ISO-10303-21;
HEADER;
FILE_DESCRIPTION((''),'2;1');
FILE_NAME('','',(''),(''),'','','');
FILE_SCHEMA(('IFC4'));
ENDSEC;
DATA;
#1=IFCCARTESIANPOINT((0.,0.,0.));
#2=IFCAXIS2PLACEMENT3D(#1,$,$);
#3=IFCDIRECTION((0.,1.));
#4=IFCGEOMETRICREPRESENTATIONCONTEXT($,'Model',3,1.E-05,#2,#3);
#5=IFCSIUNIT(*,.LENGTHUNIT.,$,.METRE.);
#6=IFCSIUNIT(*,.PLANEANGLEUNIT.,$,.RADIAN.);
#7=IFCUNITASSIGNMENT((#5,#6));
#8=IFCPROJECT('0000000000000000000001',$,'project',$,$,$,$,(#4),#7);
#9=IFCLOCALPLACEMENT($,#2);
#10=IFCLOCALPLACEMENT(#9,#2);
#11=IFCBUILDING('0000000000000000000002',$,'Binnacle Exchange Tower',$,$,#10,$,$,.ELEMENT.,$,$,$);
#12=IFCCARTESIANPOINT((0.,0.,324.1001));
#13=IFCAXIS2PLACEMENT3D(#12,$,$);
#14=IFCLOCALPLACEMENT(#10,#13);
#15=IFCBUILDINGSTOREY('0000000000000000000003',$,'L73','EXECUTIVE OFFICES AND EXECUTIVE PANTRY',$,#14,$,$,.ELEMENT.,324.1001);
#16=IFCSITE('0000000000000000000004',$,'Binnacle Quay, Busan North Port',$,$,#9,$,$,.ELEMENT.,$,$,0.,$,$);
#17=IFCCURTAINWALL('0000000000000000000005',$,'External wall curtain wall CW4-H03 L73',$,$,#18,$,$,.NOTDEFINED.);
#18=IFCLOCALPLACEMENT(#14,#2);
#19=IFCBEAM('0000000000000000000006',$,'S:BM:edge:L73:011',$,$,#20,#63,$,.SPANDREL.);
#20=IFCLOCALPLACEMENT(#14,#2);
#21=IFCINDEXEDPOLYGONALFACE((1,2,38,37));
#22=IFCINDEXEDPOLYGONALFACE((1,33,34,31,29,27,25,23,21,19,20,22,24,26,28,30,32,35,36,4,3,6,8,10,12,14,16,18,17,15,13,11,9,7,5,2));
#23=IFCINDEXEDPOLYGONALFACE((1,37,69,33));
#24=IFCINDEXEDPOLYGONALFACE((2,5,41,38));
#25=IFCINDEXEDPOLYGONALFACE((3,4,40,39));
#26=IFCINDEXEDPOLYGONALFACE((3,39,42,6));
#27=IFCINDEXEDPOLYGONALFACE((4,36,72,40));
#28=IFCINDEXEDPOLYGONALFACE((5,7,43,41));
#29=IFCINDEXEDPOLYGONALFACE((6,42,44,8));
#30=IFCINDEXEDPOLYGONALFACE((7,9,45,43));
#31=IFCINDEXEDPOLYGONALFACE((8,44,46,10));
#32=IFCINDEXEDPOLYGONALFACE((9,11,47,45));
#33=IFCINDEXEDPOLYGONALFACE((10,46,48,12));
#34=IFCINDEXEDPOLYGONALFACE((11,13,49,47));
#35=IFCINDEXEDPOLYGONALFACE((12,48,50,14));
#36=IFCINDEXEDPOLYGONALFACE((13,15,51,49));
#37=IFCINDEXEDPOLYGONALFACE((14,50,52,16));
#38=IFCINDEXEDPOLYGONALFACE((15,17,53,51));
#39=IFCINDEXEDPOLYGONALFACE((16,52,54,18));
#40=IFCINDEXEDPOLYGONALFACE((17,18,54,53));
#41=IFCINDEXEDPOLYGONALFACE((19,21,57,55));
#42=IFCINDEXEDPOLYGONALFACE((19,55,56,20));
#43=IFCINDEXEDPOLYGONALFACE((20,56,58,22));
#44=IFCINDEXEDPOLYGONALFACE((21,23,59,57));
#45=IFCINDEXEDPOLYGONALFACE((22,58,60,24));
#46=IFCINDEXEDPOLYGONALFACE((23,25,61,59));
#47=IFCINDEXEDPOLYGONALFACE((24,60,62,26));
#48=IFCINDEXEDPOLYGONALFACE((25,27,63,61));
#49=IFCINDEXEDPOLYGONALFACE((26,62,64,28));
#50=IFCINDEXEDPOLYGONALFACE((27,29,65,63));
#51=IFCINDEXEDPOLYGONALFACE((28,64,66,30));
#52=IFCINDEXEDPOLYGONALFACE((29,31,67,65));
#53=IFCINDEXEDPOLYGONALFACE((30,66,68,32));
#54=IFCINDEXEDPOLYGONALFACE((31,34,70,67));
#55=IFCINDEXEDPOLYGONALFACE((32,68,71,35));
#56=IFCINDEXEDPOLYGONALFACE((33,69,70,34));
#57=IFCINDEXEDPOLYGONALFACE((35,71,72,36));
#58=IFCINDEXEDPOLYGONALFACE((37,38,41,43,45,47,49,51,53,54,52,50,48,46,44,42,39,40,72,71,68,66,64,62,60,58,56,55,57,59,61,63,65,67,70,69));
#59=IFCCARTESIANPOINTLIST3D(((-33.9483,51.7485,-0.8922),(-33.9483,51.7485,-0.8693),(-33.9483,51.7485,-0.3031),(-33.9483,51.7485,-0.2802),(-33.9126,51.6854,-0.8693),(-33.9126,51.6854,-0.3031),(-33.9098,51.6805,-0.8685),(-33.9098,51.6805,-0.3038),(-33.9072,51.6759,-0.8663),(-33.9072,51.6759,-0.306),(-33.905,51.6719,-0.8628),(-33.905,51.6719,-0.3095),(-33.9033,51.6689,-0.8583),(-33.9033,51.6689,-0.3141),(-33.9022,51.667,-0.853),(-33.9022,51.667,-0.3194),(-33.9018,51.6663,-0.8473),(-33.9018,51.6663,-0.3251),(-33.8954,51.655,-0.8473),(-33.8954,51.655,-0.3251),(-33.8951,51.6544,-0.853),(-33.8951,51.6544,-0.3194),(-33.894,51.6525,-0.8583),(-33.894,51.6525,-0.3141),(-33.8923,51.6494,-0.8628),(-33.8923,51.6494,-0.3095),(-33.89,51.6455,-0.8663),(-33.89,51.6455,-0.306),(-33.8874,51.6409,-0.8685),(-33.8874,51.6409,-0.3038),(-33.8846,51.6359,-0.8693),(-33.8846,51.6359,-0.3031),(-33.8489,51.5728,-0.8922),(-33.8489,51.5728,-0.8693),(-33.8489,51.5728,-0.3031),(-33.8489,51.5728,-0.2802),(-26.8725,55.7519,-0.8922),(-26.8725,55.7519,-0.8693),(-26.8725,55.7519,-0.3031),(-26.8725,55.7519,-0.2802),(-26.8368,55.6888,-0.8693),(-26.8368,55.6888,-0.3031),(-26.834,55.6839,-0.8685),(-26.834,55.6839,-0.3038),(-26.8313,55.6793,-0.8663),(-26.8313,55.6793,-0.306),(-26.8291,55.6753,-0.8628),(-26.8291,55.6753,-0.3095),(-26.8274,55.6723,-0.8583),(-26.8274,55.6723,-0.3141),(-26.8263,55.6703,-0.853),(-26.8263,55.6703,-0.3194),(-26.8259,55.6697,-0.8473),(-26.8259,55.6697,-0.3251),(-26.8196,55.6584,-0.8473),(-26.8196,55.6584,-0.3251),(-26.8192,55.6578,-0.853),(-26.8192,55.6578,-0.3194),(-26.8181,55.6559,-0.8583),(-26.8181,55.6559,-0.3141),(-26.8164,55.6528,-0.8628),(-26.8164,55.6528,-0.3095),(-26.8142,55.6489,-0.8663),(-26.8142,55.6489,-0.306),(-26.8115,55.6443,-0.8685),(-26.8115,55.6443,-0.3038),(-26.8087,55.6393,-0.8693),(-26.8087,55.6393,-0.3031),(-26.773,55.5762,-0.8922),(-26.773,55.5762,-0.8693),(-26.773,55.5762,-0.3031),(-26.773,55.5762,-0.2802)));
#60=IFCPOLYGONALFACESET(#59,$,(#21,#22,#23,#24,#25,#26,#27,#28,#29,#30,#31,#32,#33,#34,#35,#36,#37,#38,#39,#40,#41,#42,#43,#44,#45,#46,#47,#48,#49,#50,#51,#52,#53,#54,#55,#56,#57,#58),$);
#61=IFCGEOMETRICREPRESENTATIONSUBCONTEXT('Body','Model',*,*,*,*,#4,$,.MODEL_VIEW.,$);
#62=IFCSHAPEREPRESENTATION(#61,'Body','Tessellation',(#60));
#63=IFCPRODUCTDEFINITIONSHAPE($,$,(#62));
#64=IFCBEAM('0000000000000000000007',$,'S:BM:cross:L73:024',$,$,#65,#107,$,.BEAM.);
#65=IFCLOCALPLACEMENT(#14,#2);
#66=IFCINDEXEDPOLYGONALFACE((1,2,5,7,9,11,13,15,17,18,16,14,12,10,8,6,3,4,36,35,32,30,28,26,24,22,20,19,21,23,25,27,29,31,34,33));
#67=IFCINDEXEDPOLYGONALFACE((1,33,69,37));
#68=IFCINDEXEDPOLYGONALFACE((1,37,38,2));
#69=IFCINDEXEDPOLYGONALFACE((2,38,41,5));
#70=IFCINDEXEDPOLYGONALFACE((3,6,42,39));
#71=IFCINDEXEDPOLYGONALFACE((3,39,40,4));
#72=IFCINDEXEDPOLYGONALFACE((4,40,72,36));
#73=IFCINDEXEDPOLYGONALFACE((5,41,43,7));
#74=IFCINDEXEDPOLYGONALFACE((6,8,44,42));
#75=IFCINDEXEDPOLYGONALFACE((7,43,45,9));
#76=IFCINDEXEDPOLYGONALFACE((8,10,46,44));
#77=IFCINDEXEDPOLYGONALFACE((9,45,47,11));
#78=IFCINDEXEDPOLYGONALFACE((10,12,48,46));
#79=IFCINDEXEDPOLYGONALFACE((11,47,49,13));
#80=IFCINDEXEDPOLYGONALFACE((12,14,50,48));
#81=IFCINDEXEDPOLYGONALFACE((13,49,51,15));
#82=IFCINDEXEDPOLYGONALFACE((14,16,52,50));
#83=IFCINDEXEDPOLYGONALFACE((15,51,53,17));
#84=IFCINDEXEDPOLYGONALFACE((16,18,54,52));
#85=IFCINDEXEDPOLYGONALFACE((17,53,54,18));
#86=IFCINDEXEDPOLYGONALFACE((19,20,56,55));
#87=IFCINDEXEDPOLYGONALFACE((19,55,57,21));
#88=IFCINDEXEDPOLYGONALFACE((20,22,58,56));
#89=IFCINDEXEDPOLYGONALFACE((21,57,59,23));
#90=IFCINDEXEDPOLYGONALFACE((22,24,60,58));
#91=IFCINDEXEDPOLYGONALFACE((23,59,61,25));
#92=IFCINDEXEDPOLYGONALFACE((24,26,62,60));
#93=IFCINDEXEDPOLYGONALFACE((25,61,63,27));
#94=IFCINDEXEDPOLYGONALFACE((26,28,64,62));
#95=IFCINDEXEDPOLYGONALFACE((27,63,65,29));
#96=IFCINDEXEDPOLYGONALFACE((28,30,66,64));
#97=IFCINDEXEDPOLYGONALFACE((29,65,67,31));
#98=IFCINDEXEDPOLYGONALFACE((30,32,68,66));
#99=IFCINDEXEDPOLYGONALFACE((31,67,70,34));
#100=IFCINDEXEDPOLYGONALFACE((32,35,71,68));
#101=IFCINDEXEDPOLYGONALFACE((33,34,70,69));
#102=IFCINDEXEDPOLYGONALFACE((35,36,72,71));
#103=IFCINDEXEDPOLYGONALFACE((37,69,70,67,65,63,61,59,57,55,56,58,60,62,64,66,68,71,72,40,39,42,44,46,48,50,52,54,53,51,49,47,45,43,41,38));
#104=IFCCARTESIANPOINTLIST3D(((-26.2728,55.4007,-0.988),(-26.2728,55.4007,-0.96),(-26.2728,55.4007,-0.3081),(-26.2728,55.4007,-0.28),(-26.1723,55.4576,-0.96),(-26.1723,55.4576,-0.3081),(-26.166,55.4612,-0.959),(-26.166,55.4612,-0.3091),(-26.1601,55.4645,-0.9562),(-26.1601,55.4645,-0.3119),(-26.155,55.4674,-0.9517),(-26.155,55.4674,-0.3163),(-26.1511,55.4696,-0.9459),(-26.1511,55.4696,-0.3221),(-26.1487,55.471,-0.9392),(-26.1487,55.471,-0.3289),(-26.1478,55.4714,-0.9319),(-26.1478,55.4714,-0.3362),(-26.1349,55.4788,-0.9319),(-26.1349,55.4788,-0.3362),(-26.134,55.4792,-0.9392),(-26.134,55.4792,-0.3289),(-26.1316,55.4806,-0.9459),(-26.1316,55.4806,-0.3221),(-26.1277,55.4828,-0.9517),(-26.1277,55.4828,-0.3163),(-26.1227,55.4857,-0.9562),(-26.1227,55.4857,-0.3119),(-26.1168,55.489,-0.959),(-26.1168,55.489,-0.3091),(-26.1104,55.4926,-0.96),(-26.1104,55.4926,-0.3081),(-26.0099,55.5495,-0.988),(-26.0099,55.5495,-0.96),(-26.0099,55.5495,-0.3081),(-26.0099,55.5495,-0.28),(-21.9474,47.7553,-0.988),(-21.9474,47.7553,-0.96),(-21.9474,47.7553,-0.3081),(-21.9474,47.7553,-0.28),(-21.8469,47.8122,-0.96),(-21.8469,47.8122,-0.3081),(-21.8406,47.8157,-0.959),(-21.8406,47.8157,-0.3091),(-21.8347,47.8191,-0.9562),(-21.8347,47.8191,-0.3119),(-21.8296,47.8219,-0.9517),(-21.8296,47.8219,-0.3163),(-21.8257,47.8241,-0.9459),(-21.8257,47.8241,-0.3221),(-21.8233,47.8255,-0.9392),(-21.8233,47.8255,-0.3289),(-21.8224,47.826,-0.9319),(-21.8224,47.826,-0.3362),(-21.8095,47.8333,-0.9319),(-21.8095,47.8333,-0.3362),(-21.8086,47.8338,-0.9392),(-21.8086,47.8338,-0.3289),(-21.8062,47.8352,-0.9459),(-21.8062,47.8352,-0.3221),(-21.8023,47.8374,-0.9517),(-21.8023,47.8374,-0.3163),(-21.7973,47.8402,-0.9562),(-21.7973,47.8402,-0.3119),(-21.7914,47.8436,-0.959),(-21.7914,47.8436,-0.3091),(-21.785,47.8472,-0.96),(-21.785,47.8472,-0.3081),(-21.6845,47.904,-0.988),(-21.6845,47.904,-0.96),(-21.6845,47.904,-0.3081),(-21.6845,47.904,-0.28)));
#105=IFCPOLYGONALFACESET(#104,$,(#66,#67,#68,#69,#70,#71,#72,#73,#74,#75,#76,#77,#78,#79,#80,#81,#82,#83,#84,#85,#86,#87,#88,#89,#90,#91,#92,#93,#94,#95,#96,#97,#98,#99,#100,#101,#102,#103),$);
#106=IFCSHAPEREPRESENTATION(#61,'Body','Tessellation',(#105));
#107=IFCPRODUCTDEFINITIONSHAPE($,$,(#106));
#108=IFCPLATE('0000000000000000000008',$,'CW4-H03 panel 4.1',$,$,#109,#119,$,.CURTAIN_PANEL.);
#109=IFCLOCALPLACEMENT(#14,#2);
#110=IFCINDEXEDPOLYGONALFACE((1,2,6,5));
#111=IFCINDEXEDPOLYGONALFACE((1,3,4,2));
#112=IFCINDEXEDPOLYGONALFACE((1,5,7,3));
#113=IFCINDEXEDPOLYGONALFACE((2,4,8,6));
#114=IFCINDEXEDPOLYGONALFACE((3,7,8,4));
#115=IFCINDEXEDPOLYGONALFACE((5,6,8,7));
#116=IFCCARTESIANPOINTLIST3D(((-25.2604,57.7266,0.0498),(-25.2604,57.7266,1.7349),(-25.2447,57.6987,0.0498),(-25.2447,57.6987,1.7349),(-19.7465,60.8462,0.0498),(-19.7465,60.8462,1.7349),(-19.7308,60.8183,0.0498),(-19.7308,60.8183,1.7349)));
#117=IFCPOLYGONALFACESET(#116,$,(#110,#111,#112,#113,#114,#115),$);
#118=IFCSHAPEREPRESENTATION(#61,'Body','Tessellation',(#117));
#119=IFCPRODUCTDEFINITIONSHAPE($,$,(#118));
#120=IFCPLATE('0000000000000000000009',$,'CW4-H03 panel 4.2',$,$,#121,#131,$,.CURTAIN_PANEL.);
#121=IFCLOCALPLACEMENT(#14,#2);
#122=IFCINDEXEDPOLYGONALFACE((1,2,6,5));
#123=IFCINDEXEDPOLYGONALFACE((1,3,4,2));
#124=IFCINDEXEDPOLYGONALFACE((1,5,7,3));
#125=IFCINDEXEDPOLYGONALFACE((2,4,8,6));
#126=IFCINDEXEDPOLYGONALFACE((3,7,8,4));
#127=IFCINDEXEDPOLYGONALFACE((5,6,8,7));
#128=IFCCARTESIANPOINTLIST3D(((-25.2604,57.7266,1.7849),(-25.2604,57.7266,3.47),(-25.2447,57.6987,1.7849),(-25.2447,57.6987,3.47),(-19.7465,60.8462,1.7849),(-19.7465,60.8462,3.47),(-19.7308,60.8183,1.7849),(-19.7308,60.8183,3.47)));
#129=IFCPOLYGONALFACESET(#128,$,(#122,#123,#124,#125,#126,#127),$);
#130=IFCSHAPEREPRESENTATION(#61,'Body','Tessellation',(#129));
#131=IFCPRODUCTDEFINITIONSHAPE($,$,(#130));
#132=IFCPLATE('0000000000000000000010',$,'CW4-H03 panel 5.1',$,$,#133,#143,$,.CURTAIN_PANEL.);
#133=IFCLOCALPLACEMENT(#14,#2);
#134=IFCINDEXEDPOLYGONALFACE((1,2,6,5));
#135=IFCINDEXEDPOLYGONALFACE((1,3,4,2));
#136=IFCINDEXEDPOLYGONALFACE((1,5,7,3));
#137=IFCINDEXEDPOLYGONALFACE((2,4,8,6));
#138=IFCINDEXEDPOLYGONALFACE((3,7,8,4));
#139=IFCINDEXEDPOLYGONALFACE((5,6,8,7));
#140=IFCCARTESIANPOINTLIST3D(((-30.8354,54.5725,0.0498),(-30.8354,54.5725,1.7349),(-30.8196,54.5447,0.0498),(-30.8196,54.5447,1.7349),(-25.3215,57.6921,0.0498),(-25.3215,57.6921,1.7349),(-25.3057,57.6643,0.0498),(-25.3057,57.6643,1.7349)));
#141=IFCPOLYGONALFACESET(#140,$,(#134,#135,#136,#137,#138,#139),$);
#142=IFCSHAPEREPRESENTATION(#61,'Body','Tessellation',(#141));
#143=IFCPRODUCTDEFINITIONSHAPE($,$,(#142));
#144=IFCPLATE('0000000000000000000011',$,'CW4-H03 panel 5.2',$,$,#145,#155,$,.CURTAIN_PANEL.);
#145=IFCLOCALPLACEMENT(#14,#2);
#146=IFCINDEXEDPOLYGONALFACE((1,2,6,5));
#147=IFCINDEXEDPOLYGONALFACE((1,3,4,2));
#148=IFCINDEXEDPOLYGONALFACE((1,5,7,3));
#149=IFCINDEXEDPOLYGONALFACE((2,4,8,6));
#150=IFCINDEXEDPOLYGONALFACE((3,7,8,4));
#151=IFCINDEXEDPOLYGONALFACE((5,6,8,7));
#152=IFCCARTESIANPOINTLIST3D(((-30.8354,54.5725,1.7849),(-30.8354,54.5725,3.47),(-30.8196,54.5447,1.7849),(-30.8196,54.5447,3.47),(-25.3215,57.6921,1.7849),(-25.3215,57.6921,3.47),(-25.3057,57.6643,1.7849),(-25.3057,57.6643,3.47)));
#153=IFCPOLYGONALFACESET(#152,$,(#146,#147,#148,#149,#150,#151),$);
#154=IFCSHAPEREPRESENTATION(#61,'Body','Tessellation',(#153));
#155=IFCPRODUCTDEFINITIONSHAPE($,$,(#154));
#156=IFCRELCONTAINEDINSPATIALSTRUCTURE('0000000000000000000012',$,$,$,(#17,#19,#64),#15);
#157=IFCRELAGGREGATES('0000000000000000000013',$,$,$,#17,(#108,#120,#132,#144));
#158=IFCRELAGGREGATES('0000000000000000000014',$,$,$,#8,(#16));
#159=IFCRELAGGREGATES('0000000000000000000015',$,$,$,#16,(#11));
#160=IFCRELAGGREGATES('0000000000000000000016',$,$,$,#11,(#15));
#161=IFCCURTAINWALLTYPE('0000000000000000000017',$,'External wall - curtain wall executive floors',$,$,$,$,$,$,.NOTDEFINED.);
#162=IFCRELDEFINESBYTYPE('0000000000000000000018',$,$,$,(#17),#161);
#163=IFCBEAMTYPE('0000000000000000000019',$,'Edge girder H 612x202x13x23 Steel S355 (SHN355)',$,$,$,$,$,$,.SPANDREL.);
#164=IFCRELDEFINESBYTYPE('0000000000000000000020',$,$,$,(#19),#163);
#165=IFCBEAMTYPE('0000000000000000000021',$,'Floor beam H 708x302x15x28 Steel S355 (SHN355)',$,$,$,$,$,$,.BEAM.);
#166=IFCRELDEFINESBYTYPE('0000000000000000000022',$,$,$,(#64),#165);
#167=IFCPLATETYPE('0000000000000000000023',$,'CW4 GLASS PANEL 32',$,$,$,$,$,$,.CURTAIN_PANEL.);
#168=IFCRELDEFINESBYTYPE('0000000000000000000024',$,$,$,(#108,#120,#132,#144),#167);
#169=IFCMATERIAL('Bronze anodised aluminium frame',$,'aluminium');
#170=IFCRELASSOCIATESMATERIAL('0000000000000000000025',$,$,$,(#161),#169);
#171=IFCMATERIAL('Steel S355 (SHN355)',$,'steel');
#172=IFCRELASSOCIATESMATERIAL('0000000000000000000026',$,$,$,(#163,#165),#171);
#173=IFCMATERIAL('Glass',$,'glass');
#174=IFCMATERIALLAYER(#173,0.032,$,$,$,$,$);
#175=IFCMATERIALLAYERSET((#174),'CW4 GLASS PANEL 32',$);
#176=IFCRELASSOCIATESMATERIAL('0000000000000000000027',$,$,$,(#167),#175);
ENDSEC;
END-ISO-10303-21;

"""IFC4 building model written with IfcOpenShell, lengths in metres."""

from ifc_helpers import new_model, si_unit, direction, frame, origin, origin_2d, place, context, subcontext, project, spatial, rectangle, i_section, extrude, material, layer, layer_set, material_profile, profile_set, type_object, element, aggregate, save


model = new_model("IFC4")

# Units and contexts
model_context = context("Model", 3, precision=1e-05, world=origin(), true_north=direction((0.0, 1.0)))
body_context = subcontext(model_context, "Body", "Model", "MODEL_VIEW")
ifc_project = project(units=[si_unit("LENGTHUNIT", "METRE"), si_unit("PLANEANGLEUNIT", "RADIAN")], contexts=[model_context])

# Site, building, storey
site_placement = place(None, origin())
site = spatial("IfcSite", under=ifc_project, at=site_placement, Name="Binnacle Quay, Busan North Port", CompositionType="ELEMENT", RefElevation=0.0)
building_placement = place(site_placement, origin())
building = spatial("IfcBuilding", under=site, at=building_placement, Name="Binnacle Exchange Tower", CompositionType="ELEMENT")
storey_placement = place(building_placement, frame((0.0, 0.0, 324.1001)))
storey = spatial("IfcBuildingStorey", under=building, at=storey_placement, Name="L73", Description="EXECUTIVE OFFICES AND EXECUTIVE PANTRY", CompositionType="ELEMENT", Elevation=324.1001)

# Curtain wall
ifc_material_1 = material(Name="Bronze anodised aluminium frame", Category="aluminium")
curtain_wall_type = type_object("IfcCurtainWallType", Name="External wall - curtain wall executive floors", PredefinedType="NOTDEFINED", material=ifc_material_1)
curtain_wall_placement = place(storey_placement, origin())
curtain_wall = element("IfcCurtainWall", 1, at=curtain_wall_placement, inside=storey, type_object=curtain_wall_type, Name="External wall curtain wall CW4-H03 L73", PredefinedType="NOTDEFINED")

# Beams
ifc_material_2 = material(Name="Steel S355 (SHN355)", Category="steel")
ifc_material_profile_1 = material_profile(ifc_material_2, i_section(OverallWidth=0.2019, OverallDepth=0.6121, WebThickness=0.0129, FlangeThickness=0.0229, FilletRadius=0.022, at=origin_2d()), Name="H 612x202x13x23")
ifc_profile_set_1 = profile_set([ifc_material_profile_1], Name="Steel S355 (SHN355)")
beam_type_1 = type_object("IfcBeamType", Name="Edge girder H 612x202x13x23 Steel S355 (SHN355)", PredefinedType="SPANDREL", material=ifc_profile_set_1)
beam_1_placement = place(storey_placement, frame((-26.8228, 55.6641, -0.5862), z_axis=(-0.870353, -0.492428, 0.0), x_axis=(0.492428, -0.870353, 0.0)))
element("IfcBeam", 2, at=beam_1_placement, inside=storey, type_object=beam_type_1, Name="S:BM:edge:L73:011", PredefinedType="SPANDREL", context=body_context, shape_type="SweptSolid", body=[
    extrude(i_section(OverallWidth=0.2019, OverallDepth=0.6121, WebThickness=0.0129, FlangeThickness=0.0229, FilletRadius=0.022, at=origin_2d()), origin(), (0.0, 0.0, 1.0), 8.1299),
])
ifc_material_profile_2 = material_profile(ifc_material_2, i_section(OverallWidth=0.302, OverallDepth=0.708, WebThickness=0.0149, FlangeThickness=0.0281, FilletRadius=0.0281, at=origin_2d()), Name="H 708x302x15x28")
ifc_profile_set_2 = profile_set([ifc_material_profile_2], Name="Steel S355 (SHN355)")
beam_type_2 = type_object("IfcBeamType", Name="Floor beam H 708x302x15x28 Steel S355 (SHN355)", PredefinedType="BEAM", material=ifc_profile_set_2)
beam_2_placement = place(storey_placement, frame((-26.1414, 55.4751, -0.634), z_axis=(0.492408, -0.870365, 0.0), x_axis=(0.870365, 0.492408, 0.0)))
element("IfcBeam", 3, at=beam_2_placement, inside=storey, type_object=beam_type_2, Name="S:BM:cross:L73:024", PredefinedType="BEAM", context=body_context, shape_type="SweptSolid", body=[
    extrude(i_section(OverallWidth=0.302, OverallDepth=0.708, WebThickness=0.0149, FlangeThickness=0.0281, FilletRadius=0.0281, at=origin_2d()), origin(), (0.0, 0.0, 1.0), 8.7842),
])

# Plates
ifc_material_3 = material(Name="Glass", Category="glass")
ifc_layer_1 = layer(ifc_material_3, 0.032)
ifc_layer_set_1 = layer_set([ifc_layer_1], Name="CW4 GLASS PANEL 32")
plate_type = type_object("IfcPlateType", Name="CW4 GLASS PANEL 32", PredefinedType="CURTAIN_PANEL", material=ifc_layer_set_1)
plate_1_placement = place(storey_placement, frame((-22.4956, 59.2725, 0.0498), z_axis=(0.0, 0.0, 1.0), x_axis=(-0.870356, -0.492424, 0.0)))
plate_1 = element("IfcPlate", 4, at=plate_1_placement, type_object=plate_type, Name="CW4-H03 panel 4.1", PredefinedType="CURTAIN_PANEL", context=body_context, shape_type="SweptSolid", body=[
    extrude(rectangle(XDim=6.3352, YDim=0.032, at=origin_2d()), origin(), (0.0, 0.0, 1.0), 1.6851),
])
plate_2_placement = place(storey_placement, frame((-22.4956, 59.2725, 1.7849), z_axis=(0.0, 0.0, 1.0), x_axis=(-0.870356, -0.492424, 0.0)))
plate_2 = element("IfcPlate", 5, at=plate_2_placement, type_object=plate_type, Name="CW4-H03 panel 4.2", PredefinedType="CURTAIN_PANEL", context=body_context, shape_type="SweptSolid", body=[
    extrude(rectangle(XDim=6.3352, YDim=0.032, at=origin_2d()), origin(), (0.0, 0.0, 1.0), 1.6851),
])
plate_3_placement = place(storey_placement, frame((-28.0706, 56.1184, 0.0498), z_axis=(0.0, 0.0, 1.0), x_axis=(-0.870356, -0.492424, 0.0)))
plate_3 = element("IfcPlate", 6, at=plate_3_placement, type_object=plate_type, Name="CW4-H03 panel 5.1", PredefinedType="CURTAIN_PANEL", context=body_context, shape_type="SweptSolid", body=[
    extrude(rectangle(XDim=6.3352, YDim=0.032, at=origin_2d()), origin(), (0.0, 0.0, 1.0), 1.6851),
])
plate_4_placement = place(storey_placement, frame((-28.0706, 56.1184, 1.7849), z_axis=(0.0, 0.0, 1.0), x_axis=(-0.870356, -0.492424, 0.0)))
plate_4 = element("IfcPlate", 7, at=plate_4_placement, type_object=plate_type, Name="CW4-H03 panel 5.2", PredefinedType="CURTAIN_PANEL", context=body_context, shape_type="SweptSolid", body=[
    extrude(rectangle(XDim=6.3352, YDim=0.032, at=origin_2d()), origin(), (0.0, 0.0, 1.0), 1.6851),
])
aggregate(curtain_wall, [plate_1, plate_2, plate_3, plate_4])

save(model, "model.ifc")
